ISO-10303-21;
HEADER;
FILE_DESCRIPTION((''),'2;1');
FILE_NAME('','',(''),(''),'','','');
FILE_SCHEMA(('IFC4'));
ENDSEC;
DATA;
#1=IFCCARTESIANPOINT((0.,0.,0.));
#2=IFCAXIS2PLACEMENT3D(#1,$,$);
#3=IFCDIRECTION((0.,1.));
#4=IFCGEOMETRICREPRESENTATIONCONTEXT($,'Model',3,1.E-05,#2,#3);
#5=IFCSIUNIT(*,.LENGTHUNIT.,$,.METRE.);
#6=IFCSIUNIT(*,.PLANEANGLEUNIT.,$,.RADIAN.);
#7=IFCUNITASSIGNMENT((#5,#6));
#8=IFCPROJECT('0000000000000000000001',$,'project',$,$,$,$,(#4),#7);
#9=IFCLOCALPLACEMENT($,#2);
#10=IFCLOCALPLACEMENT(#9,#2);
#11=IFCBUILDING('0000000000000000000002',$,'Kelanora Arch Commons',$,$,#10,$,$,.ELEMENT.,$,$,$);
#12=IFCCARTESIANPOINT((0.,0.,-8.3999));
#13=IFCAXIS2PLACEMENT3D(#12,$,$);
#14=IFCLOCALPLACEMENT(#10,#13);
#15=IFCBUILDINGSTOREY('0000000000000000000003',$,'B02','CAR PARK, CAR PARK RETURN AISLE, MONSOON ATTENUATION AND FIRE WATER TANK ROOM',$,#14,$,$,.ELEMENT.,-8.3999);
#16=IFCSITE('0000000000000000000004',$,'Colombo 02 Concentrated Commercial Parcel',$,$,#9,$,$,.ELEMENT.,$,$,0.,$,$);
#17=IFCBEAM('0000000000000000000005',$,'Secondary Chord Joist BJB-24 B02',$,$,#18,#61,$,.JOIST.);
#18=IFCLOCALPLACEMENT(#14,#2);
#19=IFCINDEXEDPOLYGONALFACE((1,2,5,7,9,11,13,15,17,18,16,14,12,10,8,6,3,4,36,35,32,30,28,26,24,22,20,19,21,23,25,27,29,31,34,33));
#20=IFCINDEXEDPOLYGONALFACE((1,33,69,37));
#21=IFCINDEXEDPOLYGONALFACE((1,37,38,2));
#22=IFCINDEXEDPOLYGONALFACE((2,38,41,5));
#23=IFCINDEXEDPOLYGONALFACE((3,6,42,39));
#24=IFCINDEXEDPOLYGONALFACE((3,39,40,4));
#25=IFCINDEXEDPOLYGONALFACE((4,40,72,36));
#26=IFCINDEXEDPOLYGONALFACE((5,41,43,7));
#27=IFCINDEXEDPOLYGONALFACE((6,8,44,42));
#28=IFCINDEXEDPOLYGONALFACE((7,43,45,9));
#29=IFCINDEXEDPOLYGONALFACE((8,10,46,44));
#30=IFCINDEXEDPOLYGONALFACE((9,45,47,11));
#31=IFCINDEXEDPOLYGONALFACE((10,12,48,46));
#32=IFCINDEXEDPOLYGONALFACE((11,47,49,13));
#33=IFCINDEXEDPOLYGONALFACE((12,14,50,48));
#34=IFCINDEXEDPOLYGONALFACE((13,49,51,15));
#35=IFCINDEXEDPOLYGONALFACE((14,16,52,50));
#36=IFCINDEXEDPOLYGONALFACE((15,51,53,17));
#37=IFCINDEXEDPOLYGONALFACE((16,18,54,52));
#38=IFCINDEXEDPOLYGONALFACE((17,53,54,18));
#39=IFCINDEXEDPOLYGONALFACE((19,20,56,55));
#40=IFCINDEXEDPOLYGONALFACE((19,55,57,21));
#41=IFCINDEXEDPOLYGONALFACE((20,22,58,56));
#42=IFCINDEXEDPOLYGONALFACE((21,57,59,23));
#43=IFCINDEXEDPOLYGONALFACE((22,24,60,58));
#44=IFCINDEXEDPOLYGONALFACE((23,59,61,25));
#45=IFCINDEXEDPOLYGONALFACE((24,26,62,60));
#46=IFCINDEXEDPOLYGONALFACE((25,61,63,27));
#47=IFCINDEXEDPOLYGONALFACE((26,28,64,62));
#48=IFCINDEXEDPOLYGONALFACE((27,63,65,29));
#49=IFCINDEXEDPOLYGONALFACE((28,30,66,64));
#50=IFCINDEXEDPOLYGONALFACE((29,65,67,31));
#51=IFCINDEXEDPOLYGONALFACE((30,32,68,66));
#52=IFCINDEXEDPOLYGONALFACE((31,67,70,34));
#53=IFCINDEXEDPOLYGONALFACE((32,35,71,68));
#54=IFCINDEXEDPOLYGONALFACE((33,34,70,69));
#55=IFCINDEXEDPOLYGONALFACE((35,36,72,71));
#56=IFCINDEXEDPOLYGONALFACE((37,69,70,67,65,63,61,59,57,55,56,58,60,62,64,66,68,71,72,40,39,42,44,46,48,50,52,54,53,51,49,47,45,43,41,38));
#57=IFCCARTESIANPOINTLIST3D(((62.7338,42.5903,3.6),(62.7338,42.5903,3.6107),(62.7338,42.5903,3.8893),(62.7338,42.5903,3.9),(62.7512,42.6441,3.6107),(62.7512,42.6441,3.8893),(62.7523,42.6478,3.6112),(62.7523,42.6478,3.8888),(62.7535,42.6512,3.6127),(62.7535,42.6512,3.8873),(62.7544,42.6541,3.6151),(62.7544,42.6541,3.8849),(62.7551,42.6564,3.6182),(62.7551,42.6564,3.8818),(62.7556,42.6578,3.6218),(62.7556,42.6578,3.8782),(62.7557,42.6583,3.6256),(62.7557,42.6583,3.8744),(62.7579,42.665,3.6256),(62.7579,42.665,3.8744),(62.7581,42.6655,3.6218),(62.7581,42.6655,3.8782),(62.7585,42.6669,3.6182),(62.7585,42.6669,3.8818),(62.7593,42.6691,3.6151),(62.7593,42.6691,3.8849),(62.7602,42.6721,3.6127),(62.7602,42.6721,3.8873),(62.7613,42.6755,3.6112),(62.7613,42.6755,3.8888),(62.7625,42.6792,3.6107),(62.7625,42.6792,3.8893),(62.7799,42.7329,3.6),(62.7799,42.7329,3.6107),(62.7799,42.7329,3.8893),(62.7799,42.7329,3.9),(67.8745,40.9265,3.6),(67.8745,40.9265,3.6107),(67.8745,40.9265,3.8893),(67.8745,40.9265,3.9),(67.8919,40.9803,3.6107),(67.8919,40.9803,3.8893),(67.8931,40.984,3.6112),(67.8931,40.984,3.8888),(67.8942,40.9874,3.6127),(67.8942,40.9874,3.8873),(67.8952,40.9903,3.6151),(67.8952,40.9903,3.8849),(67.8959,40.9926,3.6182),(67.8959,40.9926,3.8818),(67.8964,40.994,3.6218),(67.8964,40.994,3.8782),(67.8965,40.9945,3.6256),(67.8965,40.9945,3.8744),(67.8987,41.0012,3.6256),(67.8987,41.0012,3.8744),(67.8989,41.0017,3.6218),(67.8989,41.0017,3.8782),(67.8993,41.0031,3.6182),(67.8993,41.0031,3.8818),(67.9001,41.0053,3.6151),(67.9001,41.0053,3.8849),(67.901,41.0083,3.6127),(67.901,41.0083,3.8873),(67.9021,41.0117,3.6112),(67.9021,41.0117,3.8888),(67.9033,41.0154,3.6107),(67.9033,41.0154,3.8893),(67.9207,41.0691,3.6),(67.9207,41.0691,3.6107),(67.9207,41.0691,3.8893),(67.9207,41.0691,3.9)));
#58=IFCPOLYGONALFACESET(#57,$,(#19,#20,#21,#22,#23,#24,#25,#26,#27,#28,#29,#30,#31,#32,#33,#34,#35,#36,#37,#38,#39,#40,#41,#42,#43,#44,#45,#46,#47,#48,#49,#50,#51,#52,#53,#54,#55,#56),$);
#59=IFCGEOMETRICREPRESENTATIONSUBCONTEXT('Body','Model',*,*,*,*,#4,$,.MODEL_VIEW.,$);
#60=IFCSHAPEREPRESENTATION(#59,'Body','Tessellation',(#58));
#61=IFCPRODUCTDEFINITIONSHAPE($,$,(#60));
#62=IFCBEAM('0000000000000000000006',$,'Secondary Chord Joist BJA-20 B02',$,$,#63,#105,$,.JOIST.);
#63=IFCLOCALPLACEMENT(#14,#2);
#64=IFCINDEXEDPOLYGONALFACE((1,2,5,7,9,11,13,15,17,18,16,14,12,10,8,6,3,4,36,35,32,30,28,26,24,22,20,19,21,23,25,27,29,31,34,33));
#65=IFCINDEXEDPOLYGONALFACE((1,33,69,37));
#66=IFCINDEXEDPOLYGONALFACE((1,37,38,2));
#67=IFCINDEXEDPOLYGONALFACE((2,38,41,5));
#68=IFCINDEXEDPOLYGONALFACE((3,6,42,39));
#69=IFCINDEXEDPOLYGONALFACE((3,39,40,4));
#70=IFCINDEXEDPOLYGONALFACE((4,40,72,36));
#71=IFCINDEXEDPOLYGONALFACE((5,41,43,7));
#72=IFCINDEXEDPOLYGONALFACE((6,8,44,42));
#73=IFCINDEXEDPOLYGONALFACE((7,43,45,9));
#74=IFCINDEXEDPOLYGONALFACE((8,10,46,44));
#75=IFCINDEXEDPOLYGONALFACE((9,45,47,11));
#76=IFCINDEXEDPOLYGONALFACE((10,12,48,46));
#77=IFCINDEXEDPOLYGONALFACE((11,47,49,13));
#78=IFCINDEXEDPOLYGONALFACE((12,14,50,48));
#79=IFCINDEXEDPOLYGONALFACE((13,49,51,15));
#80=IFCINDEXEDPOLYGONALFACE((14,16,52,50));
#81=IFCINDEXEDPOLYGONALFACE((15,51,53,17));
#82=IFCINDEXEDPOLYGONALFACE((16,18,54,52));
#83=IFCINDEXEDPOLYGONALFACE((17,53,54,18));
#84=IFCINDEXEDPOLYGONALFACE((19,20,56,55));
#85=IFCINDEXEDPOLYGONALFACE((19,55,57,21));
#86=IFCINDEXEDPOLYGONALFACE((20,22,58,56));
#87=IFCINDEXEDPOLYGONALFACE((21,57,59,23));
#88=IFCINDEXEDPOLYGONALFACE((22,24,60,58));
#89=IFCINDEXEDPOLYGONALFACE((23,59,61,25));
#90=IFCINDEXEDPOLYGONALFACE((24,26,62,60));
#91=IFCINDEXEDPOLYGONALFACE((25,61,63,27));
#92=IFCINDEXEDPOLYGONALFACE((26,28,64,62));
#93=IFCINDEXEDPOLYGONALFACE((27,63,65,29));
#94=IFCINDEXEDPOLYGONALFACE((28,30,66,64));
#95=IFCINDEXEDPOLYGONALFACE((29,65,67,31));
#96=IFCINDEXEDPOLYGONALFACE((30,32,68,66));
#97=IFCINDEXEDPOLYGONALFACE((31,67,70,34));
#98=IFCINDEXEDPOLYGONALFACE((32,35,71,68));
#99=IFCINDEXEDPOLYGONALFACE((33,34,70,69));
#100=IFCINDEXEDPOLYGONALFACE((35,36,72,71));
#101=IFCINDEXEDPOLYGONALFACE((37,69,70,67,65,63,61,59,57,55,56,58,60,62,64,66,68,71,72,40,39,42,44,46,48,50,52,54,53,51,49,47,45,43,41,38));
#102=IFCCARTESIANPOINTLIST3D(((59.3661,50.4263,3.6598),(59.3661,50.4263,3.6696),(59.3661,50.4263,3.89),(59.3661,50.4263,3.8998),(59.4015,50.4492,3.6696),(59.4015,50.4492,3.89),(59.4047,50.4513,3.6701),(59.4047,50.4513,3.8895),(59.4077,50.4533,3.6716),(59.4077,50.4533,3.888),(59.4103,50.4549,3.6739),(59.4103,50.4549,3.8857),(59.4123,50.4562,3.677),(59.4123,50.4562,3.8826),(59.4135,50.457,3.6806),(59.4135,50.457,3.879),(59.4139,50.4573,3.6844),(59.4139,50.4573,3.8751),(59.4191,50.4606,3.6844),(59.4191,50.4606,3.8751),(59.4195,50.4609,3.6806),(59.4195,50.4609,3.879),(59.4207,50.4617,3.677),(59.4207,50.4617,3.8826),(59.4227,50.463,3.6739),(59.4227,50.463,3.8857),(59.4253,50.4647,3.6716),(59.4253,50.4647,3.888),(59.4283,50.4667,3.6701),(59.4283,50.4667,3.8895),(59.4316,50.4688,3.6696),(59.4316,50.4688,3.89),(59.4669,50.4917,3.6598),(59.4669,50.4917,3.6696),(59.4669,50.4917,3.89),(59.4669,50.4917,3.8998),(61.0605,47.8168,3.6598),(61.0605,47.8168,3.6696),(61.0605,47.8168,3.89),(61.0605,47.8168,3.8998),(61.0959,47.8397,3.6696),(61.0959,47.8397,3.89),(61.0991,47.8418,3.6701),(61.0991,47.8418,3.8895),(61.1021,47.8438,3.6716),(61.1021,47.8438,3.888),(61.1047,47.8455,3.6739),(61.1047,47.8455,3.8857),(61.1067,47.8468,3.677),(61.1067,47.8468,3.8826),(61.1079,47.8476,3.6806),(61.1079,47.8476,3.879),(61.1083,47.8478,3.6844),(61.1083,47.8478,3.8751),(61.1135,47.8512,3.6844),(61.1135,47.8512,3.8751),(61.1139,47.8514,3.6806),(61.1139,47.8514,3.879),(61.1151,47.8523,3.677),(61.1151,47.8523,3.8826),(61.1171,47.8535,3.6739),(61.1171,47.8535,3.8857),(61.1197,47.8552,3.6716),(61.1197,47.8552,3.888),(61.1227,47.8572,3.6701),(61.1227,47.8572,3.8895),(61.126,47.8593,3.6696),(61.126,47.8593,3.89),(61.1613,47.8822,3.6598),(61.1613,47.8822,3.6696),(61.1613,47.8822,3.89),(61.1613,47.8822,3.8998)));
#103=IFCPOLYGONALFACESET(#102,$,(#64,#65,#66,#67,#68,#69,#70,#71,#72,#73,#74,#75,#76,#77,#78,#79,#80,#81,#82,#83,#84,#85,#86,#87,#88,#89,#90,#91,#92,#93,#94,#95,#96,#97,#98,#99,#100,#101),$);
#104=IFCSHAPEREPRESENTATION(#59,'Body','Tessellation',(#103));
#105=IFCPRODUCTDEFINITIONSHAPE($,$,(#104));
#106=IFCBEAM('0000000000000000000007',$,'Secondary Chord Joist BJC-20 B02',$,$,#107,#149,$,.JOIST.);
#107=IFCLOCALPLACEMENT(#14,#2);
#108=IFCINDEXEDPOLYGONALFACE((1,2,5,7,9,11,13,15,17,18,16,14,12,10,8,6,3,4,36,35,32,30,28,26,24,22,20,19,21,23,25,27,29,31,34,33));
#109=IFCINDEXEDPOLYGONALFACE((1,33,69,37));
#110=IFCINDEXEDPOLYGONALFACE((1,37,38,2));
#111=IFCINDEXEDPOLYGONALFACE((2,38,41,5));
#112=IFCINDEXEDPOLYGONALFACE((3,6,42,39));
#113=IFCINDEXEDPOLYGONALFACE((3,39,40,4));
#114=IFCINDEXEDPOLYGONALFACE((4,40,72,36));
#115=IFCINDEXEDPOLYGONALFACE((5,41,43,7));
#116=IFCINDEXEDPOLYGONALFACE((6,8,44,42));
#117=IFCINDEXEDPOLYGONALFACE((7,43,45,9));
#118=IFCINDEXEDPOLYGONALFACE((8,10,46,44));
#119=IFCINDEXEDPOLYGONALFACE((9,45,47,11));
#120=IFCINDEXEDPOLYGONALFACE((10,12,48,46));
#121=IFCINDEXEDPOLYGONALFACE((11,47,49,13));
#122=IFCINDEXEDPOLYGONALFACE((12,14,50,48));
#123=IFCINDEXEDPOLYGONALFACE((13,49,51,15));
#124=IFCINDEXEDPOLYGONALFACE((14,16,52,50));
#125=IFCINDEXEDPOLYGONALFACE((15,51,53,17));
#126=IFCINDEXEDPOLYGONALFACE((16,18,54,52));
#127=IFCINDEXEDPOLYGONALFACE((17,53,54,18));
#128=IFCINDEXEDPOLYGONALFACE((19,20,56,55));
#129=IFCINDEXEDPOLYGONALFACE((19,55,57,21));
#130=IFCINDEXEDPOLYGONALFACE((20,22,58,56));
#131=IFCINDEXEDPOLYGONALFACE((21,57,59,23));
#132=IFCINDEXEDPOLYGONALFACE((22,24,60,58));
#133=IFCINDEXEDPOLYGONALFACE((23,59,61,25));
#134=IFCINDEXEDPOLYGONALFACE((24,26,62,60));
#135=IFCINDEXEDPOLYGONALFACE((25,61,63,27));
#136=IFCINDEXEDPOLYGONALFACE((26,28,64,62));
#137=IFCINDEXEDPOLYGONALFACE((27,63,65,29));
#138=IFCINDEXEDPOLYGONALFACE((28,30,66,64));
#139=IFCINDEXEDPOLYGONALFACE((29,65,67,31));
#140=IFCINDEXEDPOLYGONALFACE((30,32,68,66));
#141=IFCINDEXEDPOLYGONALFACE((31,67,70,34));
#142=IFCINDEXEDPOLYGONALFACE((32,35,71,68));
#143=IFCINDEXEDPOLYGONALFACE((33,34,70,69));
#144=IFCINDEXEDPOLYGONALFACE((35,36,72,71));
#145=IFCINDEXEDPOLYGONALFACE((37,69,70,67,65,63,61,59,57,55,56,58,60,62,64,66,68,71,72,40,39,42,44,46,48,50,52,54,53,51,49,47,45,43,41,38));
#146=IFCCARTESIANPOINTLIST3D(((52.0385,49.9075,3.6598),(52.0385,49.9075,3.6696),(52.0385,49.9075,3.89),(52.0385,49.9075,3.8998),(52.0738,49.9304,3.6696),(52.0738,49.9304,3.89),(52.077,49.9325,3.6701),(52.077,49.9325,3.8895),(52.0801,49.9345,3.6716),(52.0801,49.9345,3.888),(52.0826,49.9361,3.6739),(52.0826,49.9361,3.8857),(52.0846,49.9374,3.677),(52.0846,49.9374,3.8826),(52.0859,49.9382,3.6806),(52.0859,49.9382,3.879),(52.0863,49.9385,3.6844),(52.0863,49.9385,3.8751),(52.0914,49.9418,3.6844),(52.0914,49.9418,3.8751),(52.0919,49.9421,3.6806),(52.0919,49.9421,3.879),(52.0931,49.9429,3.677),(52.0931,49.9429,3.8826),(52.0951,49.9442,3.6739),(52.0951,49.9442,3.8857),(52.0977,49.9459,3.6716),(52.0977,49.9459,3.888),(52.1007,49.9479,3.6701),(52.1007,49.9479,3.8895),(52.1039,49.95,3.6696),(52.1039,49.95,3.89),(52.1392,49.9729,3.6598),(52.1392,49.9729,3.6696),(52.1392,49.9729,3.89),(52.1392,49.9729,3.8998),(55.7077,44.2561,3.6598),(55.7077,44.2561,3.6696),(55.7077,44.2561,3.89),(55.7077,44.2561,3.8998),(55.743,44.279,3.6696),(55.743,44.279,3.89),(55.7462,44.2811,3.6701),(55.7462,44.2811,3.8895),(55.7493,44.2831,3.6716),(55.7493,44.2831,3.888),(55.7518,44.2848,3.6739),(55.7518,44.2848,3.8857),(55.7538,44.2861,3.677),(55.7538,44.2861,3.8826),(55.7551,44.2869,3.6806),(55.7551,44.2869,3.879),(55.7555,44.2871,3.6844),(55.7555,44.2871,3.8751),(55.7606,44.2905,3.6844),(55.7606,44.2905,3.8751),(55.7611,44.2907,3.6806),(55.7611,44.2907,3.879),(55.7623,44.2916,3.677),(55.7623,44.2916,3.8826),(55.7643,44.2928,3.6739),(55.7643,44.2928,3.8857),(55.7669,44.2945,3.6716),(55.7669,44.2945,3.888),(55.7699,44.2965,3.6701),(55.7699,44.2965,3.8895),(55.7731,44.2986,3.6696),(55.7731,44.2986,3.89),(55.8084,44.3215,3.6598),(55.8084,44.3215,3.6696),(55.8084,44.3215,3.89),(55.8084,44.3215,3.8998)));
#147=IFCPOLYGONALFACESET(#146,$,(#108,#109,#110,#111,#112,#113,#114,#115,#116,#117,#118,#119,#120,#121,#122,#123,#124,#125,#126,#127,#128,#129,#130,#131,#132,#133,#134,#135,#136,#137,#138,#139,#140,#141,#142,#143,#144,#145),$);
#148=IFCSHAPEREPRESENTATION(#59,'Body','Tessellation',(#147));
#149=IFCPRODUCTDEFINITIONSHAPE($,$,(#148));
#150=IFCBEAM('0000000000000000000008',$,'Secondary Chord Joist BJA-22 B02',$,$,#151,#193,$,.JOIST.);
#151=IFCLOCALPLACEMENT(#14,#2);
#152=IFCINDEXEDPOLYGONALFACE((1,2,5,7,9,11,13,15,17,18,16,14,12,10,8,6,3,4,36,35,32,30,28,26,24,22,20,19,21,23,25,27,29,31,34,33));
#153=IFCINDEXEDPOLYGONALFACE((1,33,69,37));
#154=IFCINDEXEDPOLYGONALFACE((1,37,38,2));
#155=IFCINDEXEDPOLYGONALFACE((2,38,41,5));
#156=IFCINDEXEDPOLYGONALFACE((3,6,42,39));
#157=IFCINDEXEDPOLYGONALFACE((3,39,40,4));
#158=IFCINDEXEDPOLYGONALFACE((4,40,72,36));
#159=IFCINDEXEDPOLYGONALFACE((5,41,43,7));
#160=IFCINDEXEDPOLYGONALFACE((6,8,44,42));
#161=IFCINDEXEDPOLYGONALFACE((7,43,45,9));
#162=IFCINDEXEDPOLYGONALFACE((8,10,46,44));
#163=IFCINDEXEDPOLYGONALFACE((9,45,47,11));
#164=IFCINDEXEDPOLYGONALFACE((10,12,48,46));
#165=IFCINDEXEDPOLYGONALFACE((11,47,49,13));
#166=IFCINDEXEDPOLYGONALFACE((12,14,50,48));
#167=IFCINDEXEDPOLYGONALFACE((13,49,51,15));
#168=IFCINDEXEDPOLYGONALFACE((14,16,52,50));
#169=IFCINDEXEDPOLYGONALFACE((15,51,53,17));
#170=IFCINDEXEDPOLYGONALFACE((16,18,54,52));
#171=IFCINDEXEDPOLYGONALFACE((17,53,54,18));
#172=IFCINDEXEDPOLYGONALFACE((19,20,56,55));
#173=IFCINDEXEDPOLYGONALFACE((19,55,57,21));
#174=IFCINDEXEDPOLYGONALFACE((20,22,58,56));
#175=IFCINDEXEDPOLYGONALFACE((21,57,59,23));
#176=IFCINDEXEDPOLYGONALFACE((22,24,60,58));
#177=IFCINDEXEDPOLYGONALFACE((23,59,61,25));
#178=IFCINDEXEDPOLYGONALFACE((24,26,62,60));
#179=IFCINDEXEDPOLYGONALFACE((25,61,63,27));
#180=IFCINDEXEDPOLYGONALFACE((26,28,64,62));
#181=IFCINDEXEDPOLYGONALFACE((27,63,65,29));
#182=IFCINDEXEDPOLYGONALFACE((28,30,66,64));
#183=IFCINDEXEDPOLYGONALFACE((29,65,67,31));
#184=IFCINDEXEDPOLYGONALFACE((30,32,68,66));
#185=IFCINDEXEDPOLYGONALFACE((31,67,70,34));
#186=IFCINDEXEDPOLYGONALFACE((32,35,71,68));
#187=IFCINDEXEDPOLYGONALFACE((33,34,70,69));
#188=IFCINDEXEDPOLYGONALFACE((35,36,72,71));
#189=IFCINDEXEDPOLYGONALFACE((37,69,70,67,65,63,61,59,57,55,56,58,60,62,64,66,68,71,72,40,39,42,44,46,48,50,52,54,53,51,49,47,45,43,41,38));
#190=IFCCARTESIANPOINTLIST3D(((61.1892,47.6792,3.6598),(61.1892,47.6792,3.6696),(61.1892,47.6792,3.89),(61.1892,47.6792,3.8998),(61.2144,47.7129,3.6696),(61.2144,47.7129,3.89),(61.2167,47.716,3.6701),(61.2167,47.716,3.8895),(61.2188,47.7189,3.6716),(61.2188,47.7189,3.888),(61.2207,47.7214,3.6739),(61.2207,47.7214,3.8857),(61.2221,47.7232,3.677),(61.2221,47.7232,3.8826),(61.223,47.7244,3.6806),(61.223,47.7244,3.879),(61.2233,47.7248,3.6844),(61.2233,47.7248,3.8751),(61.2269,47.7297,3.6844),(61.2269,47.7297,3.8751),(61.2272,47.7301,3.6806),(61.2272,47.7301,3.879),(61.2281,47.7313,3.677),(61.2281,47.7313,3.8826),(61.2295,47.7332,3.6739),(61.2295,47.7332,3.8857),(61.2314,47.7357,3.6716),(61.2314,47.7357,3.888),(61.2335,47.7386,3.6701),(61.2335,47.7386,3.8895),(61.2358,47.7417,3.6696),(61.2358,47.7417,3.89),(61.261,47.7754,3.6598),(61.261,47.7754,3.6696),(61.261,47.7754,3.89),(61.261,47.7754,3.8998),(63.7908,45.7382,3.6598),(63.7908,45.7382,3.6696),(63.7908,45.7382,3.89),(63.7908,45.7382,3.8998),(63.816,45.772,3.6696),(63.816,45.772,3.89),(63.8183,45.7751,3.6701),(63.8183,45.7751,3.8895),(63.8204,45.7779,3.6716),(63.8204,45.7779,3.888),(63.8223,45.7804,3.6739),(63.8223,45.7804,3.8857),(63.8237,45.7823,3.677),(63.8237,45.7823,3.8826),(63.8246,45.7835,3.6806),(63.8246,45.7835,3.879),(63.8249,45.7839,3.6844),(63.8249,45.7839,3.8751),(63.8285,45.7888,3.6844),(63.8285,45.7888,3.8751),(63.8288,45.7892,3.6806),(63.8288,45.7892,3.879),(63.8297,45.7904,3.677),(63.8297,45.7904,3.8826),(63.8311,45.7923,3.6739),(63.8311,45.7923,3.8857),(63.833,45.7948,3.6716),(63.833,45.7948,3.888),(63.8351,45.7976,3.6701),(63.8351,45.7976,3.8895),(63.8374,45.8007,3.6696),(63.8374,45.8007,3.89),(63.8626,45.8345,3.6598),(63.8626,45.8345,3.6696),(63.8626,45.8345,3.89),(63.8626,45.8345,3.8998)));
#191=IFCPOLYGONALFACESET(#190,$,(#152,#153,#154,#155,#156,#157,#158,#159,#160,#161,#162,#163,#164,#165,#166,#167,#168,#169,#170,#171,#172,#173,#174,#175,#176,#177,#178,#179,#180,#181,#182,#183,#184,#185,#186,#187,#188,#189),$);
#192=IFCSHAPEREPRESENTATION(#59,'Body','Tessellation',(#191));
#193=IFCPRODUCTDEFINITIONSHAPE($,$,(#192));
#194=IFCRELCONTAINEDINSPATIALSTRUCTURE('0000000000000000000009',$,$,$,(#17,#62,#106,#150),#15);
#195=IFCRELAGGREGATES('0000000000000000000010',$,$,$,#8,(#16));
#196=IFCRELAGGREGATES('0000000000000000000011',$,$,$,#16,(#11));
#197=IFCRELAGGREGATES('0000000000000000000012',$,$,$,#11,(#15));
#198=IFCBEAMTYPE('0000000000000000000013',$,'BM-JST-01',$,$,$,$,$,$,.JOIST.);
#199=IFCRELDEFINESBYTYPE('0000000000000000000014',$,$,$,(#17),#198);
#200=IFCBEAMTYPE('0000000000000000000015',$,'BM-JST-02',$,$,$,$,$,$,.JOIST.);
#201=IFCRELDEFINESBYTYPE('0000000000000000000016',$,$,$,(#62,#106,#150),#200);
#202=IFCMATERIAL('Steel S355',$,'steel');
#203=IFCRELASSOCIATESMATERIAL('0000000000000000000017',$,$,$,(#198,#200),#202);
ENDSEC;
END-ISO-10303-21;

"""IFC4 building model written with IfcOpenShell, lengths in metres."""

from ifc_helpers import new_model, si_unit, direction, frame, origin, origin_2d, place, context, subcontext, project, spatial, i_section, extrude, material, material_profile, profile_set, type_object, element, save


model = new_model("IFC4")

# Units and contexts
model_context = context("Model", 3, precision=1e-05, world=origin(), true_north=direction((0.0, 1.0)))
body_context = subcontext(model_context, "Body", "Model", "MODEL_VIEW")
ifc_project = project(units=[si_unit("LENGTHUNIT", "METRE"), si_unit("PLANEANGLEUNIT", "RADIAN")], contexts=[model_context])

# Site, building, storey
site_placement = place(None, origin())
site = spatial("IfcSite", under=ifc_project, at=site_placement, Name="Colombo 02 Concentrated Commercial Parcel", CompositionType="ELEMENT", RefElevation=0.0)
building_placement = place(site_placement, origin())
building = spatial("IfcBuilding", under=site, at=building_placement, Name="Kelanora Arch Commons", CompositionType="ELEMENT")
storey_placement = place(building_placement, frame((0.0, 0.0, -8.3999)))
storey = spatial("IfcBuildingStorey", under=building, at=storey_placement, Name="B02", Description="CAR PARK, CAR PARK RETURN AISLE, MONSOON ATTENUATION AND FIRE WATER TANK ROOM", CompositionType="ELEMENT", Elevation=-8.3999)

# Beams
ifc_material_1 = material(Name="Steel S355", Category="steel")
ifc_material_profile_1 = material_profile(ifc_material_1, i_section(OverallWidth=0.1499, OverallDepth=0.3, WebThickness=0.0071, FlangeThickness=0.0107, FilletRadius=0.0149, at=origin_2d()), Name="IPE300")
ifc_profile_set_1 = profile_set([ifc_material_profile_1], Name="Steel S355")
beam_type_1 = type_object("IfcBeamType", Name="BM-JST-01", PredefinedType="JOIST", material=ifc_profile_set_1)
beam_1_placement = place(storey_placement, frame((62.7568, 42.6616, 3.75), z_axis=(0.951412, -0.30792, 0.0), x_axis=(0.30792, 0.951412, 0.0)))
element("IfcBeam", 1, at=beam_1_placement, inside=storey, type_object=beam_type_1, Name="Secondary Chord Joist BJB-24 B02", PredefinedType="JOIST", context=body_context, shape_type="SweptSolid", body=[
    extrude(i_section(OverallWidth=0.1499, OverallDepth=0.3, WebThickness=0.0071, FlangeThickness=0.0107, FilletRadius=0.0149, at=origin_2d()), origin(), (0.0, 0.0, 1.0), 5.4033),
])
ifc_material_profile_2 = material_profile(ifc_material_1, i_section(OverallWidth=0.1201, OverallDepth=0.24, WebThickness=0.0061, FlangeThickness=0.0098, FilletRadius=0.0149, at=origin_2d()), Name="IPE240")
ifc_profile_set_2 = profile_set([ifc_material_profile_2], Name="Steel S355")
beam_type_2 = type_object("IfcBeamType", Name="BM-JST-02", PredefinedType="JOIST", material=ifc_profile_set_2)
beam_2_placement = place(storey_placement, frame((59.4165, 50.459, 3.7798), z_axis=(0.544591, -0.838702, 0.0), x_axis=(0.838702, 0.544591, 0.0)))
element("IfcBeam", 2, at=beam_2_placement, inside=storey, type_object=beam_type_2, Name="Secondary Chord Joist BJA-20 B02", PredefinedType="JOIST", context=body_context, shape_type="SweptSolid", body=[
    extrude(i_section(OverallWidth=0.1201, OverallDepth=0.24, WebThickness=0.0061, FlangeThickness=0.0098, FilletRadius=0.0149, at=origin_2d()), origin(), (0.0, 0.0, 1.0), 3.1113),
])
beam_3_placement = place(storey_placement, frame((52.0889, 49.9402, 3.7798), z_axis=(0.54455, -0.838728, 0.0), x_axis=(0.838728, 0.54455, 0.0)))
element("IfcBeam", 3, at=beam_3_placement, inside=storey, type_object=beam_type_2, Name="Secondary Chord Joist BJC-20 B02", PredefinedType="JOIST", context=body_context, shape_type="SweptSolid", body=[
    extrude(i_section(OverallWidth=0.1201, OverallDepth=0.24, WebThickness=0.0061, FlangeThickness=0.0098, FilletRadius=0.0149, at=origin_2d()), origin(), (0.0, 0.0, 1.0), 6.738),
])
beam_4_placement = place(storey_placement, frame((61.2251, 47.7273, 3.7798), z_axis=(0.801514, -0.597976, 0.0), x_axis=(0.597976, 0.801514, 0.0)))
element("IfcBeam", 4, at=beam_4_placement, inside=storey, type_object=beam_type_2, Name="Secondary Chord Joist BJA-22 B02", PredefinedType="JOIST", context=body_context, shape_type="SweptSolid", body=[
    extrude(i_section(OverallWidth=0.1201, OverallDepth=0.24, WebThickness=0.0061, FlangeThickness=0.0098, FilletRadius=0.0149, at=origin_2d()), origin(), (0.0, 0.0, 1.0), 3.2458),
])

save(model, "model.ifc")
